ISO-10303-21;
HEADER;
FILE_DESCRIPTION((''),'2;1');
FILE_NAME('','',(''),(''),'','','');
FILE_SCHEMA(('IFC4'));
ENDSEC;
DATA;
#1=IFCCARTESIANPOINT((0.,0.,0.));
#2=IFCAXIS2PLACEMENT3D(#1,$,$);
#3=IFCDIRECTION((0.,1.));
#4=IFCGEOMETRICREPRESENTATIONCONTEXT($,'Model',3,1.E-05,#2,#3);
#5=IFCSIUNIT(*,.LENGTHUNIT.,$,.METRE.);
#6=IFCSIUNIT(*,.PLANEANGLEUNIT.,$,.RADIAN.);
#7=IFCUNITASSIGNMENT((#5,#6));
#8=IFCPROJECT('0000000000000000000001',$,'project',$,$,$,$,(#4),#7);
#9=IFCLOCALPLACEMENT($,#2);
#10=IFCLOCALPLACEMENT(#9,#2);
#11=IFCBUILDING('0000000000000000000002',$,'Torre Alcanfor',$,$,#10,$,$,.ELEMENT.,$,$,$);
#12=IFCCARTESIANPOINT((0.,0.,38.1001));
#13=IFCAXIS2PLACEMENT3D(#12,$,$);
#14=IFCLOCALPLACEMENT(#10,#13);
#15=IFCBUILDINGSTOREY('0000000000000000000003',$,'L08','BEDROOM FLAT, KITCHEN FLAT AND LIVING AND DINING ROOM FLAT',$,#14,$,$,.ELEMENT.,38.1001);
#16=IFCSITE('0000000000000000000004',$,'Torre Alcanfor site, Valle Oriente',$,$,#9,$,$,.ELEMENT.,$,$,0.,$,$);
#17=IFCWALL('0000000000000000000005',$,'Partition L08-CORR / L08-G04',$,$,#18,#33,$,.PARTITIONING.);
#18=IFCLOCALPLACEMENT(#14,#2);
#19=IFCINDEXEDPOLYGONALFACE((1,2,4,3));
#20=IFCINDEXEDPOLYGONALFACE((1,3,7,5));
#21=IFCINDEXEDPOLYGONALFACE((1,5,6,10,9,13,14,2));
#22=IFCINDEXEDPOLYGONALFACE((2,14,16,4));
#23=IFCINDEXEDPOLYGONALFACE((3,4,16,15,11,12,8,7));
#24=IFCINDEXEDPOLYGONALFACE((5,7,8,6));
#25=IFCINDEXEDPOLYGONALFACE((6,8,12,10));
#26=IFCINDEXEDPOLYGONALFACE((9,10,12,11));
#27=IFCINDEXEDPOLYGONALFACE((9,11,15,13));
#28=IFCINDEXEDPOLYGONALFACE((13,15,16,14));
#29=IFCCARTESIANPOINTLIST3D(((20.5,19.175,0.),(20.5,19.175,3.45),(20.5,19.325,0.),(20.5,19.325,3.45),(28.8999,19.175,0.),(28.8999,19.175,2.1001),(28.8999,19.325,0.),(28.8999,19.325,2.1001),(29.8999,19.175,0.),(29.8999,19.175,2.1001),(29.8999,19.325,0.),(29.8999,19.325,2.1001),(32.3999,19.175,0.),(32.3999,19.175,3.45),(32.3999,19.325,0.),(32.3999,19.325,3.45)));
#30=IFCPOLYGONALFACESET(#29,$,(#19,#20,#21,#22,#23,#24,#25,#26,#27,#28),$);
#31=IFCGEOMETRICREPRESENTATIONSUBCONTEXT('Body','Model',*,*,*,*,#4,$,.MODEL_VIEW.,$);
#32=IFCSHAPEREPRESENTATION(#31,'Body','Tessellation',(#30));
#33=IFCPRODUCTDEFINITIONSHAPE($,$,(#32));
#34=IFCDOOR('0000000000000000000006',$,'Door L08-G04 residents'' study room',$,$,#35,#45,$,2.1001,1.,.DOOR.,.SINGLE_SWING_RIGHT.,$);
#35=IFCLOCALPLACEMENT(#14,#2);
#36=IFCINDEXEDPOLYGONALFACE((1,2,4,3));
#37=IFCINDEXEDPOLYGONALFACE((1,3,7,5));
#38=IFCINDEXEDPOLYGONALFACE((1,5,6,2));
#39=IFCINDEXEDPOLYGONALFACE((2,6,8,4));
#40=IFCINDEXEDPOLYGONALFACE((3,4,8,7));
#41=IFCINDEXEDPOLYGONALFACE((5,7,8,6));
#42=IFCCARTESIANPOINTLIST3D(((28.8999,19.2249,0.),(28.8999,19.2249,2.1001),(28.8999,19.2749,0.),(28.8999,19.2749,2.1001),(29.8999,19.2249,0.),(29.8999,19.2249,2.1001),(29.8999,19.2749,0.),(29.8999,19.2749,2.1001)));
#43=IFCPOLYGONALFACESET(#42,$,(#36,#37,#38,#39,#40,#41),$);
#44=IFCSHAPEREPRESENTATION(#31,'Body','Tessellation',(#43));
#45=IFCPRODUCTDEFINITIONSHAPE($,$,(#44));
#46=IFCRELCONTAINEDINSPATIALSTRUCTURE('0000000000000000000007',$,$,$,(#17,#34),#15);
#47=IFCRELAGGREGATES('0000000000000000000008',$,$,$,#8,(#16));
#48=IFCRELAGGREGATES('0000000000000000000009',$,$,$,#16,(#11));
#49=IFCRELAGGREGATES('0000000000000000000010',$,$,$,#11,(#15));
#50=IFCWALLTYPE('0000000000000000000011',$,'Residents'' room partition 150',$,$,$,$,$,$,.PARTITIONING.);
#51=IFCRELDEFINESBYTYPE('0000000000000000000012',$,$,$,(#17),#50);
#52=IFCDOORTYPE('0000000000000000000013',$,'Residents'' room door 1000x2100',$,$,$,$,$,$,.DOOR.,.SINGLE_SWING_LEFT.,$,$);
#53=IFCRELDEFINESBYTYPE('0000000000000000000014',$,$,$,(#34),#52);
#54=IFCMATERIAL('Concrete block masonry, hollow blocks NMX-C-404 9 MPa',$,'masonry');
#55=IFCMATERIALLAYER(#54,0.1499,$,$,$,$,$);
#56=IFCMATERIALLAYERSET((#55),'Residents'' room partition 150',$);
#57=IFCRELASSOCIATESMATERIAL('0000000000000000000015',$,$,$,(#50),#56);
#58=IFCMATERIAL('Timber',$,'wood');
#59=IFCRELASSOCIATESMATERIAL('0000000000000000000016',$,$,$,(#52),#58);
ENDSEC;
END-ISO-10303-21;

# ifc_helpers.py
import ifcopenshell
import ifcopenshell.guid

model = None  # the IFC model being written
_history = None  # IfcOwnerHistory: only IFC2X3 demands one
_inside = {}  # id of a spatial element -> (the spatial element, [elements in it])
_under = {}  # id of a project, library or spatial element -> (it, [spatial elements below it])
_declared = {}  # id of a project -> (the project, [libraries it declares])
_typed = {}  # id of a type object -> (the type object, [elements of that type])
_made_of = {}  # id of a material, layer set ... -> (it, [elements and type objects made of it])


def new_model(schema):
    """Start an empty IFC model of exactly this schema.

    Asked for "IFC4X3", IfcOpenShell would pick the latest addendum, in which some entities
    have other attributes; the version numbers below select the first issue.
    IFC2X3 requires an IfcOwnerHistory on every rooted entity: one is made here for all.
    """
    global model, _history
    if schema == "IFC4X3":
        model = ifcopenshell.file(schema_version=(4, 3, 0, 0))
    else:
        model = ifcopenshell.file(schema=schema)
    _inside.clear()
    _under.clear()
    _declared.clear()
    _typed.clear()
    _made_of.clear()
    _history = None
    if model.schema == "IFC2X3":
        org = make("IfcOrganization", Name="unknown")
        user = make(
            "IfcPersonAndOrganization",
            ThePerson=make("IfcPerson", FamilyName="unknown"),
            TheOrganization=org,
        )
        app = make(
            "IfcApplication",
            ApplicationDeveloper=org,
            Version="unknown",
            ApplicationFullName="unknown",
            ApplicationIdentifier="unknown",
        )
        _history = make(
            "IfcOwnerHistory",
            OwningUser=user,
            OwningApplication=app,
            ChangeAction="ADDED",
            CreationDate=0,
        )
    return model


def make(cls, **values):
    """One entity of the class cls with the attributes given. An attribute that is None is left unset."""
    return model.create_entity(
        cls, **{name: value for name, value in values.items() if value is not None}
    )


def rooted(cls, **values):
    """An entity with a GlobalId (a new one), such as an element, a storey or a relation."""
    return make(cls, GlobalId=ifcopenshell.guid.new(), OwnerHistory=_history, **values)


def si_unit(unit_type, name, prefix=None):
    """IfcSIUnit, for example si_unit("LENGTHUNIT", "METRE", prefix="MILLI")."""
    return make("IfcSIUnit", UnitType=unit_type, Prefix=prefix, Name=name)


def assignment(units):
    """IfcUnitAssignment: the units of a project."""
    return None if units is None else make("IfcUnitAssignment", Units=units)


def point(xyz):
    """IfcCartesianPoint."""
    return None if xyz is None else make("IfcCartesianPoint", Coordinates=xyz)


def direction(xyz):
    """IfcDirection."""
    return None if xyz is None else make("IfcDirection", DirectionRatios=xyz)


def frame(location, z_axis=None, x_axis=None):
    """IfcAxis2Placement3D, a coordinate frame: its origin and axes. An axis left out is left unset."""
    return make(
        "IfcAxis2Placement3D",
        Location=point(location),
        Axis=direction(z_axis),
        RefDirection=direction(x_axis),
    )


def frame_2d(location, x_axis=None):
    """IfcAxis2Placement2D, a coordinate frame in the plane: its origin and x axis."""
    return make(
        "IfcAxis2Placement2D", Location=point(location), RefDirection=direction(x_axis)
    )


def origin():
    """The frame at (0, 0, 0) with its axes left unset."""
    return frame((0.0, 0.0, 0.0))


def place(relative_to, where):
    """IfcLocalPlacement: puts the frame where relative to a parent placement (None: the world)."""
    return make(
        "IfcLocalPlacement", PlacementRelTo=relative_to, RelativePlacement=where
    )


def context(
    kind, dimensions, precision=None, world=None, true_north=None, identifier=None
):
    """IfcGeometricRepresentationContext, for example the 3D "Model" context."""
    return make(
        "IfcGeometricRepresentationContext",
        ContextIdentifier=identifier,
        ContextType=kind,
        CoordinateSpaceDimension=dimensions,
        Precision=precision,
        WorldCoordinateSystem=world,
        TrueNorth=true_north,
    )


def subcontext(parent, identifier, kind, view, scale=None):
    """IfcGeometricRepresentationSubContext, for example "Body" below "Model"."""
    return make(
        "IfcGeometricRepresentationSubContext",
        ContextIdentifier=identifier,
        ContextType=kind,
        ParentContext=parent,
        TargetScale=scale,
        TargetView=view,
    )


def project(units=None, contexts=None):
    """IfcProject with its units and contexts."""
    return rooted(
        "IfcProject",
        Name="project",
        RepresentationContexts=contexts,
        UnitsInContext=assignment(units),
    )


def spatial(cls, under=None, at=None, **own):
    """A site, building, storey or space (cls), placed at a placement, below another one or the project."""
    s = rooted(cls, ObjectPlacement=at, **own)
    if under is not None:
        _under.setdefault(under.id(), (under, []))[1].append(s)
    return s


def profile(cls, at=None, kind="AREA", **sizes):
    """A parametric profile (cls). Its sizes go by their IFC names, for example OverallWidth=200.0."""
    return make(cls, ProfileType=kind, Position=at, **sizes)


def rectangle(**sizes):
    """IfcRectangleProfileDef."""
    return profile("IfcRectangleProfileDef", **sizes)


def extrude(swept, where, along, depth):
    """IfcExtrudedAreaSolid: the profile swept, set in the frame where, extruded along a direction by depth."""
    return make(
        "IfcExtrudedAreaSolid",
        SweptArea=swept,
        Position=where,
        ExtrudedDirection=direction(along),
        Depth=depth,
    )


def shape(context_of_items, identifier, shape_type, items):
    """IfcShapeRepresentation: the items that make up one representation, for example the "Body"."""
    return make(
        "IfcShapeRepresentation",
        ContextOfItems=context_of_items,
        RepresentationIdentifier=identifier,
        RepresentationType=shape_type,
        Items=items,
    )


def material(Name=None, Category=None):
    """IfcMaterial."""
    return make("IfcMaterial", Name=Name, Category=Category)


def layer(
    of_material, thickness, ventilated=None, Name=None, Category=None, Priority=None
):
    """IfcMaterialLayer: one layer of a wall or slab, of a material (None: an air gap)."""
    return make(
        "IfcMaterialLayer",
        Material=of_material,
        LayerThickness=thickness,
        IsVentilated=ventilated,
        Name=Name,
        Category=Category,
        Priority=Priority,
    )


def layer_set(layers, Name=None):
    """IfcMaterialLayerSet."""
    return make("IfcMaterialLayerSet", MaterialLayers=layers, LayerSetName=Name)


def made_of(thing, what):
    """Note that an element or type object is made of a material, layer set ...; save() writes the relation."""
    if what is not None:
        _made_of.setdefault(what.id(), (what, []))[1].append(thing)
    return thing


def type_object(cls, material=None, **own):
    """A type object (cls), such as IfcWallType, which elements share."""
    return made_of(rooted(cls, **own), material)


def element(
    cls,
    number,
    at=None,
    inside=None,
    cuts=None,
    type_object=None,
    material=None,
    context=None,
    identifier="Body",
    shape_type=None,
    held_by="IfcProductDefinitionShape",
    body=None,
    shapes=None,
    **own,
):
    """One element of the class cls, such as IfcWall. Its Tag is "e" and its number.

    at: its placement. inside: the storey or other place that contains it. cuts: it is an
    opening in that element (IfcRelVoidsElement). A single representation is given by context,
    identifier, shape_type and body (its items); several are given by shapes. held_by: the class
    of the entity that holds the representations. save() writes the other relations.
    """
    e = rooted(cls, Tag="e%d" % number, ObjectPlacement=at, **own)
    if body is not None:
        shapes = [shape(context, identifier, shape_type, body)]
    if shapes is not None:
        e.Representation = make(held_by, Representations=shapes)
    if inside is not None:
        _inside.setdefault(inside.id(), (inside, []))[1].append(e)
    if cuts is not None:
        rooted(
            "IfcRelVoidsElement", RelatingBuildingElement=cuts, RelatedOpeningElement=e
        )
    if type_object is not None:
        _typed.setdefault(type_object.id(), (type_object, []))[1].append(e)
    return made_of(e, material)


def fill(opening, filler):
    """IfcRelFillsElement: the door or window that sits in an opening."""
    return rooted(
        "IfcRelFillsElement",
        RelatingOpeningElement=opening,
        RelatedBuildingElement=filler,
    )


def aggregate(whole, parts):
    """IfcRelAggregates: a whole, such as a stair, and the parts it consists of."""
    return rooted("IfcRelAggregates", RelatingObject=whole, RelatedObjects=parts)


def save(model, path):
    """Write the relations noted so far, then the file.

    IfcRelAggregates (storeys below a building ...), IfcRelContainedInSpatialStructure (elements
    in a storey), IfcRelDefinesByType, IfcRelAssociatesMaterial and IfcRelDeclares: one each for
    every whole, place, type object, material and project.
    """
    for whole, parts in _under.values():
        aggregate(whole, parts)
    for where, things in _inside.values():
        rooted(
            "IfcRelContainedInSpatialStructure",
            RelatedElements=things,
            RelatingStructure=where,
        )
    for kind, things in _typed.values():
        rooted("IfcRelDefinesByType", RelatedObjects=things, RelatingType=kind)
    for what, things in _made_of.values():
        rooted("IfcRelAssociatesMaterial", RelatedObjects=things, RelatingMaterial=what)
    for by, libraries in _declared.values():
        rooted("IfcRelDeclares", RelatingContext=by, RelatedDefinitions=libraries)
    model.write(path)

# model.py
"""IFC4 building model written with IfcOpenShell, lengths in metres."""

from ifc_helpers import new_model, si_unit, direction, frame, frame_2d, origin, place, context, subcontext, project, spatial, rectangle, extrude, material, layer, layer_set, type_object, element, fill, save


model = new_model("IFC4")

# Units and contexts
model_context = context("Model", 3, precision=1e-05, world=origin(), true_north=direction((0.0, 1.0)))
body_context = subcontext(model_context, "Body", "Model", "MODEL_VIEW")
ifc_project = project(units=[si_unit("LENGTHUNIT", "METRE"), si_unit("PLANEANGLEUNIT", "RADIAN")], contexts=[model_context])

# Site, building, storey
site_placement = place(None, origin())
site = spatial("IfcSite", under=ifc_project, at=site_placement, Name="Torre Alcanfor site, Valle Oriente", CompositionType="ELEMENT", RefElevation=0.0)
building_placement = place(site_placement, origin())
building = spatial("IfcBuilding", under=site, at=building_placement, Name="Torre Alcanfor", CompositionType="ELEMENT")
storey_placement = place(building_placement, frame((0.0, 0.0, 38.1001)))
storey = spatial("IfcBuildingStorey", under=building, at=storey_placement, Name="L08", Description="BEDROOM FLAT, KITCHEN FLAT AND LIVING AND DINING ROOM FLAT", CompositionType="ELEMENT", Elevation=38.1001)

# Shared definitions
ifc_material_1 = material(Name="Concrete block masonry, hollow blocks NMX-C-404 9 MPa", Category="masonry")
ifc_layer_1 = layer(ifc_material_1, 0.1499)
ifc_layer_set_1 = layer_set([ifc_layer_1], Name="Residents' room partition 150")
wall_type_1 = type_object("IfcWallType", Name="Residents' room partition 150", PredefinedType="PARTITIONING", material=ifc_layer_set_1)

# Wall, opening, door
wall_1_placement = place(storey_placement, frame((20.5, 19.25, 0.0), z_axis=(0.0, 0.0, 1.0), x_axis=(1.0, 0.0, 0.0)))
wall_1 = element("IfcWall", 1, at=wall_1_placement, inside=storey, type_object=wall_type_1, Name="Partition L08-CORR / L08-G04", PredefinedType="PARTITIONING", context=body_context, shape_type="SweptSolid", body=[
    extrude(rectangle(XDim=11.8999, YDim=0.1499, at=frame_2d((5.95, 0.0))), origin(), (0.0, 0.0, 1.0), 3.45),
])
opening_1_placement = place(wall_1_placement, frame((8.3999, 0.0, 0.0)))
opening_1 = element("IfcOpeningElement", 2, at=opening_1_placement, cuts=wall_1, PredefinedType="OPENING", context=body_context, shape_type="SweptSolid", body=[
    extrude(rectangle(XDim=1.0, YDim=2.1001, at=frame_2d((0.5, 1.05))), frame((0.0, 0.085, 0.0), z_axis=(0.0, -1.0, 0.0), x_axis=(1.0, 0.0, 0.0)), (0.0, 0.0, 1.0), 0.1699),
])
ifc_material_2 = material(Name="Timber", Category="wood")
door_type_1 = type_object("IfcDoorType", Name="Residents' room door 1000x2100", OperationType="SINGLE_SWING_LEFT", PredefinedType="DOOR", material=ifc_material_2)
door_1_placement = place(opening_1_placement, origin())
door_1 = element("IfcDoor", 3, at=door_1_placement, inside=storey, type_object=door_type_1, Name="Door L08-G04 residents' study room", OperationType="SINGLE_SWING_RIGHT", OverallHeight=2.1001, OverallWidth=1.0, PredefinedType="DOOR", context=body_context, shape_type="SweptSolid", body=[
    extrude(rectangle(XDim=1.0, YDim=2.1001, at=frame_2d((0.5, 1.05))), frame((0.0, 0.0249, 0.0), z_axis=(0.0, -1.0, 0.0), x_axis=(1.0, 0.0, 0.0)), (0.0, 0.0, 1.0), 0.05),
])
fill(opening_1, door_1)

save(model, "model.ifc")
